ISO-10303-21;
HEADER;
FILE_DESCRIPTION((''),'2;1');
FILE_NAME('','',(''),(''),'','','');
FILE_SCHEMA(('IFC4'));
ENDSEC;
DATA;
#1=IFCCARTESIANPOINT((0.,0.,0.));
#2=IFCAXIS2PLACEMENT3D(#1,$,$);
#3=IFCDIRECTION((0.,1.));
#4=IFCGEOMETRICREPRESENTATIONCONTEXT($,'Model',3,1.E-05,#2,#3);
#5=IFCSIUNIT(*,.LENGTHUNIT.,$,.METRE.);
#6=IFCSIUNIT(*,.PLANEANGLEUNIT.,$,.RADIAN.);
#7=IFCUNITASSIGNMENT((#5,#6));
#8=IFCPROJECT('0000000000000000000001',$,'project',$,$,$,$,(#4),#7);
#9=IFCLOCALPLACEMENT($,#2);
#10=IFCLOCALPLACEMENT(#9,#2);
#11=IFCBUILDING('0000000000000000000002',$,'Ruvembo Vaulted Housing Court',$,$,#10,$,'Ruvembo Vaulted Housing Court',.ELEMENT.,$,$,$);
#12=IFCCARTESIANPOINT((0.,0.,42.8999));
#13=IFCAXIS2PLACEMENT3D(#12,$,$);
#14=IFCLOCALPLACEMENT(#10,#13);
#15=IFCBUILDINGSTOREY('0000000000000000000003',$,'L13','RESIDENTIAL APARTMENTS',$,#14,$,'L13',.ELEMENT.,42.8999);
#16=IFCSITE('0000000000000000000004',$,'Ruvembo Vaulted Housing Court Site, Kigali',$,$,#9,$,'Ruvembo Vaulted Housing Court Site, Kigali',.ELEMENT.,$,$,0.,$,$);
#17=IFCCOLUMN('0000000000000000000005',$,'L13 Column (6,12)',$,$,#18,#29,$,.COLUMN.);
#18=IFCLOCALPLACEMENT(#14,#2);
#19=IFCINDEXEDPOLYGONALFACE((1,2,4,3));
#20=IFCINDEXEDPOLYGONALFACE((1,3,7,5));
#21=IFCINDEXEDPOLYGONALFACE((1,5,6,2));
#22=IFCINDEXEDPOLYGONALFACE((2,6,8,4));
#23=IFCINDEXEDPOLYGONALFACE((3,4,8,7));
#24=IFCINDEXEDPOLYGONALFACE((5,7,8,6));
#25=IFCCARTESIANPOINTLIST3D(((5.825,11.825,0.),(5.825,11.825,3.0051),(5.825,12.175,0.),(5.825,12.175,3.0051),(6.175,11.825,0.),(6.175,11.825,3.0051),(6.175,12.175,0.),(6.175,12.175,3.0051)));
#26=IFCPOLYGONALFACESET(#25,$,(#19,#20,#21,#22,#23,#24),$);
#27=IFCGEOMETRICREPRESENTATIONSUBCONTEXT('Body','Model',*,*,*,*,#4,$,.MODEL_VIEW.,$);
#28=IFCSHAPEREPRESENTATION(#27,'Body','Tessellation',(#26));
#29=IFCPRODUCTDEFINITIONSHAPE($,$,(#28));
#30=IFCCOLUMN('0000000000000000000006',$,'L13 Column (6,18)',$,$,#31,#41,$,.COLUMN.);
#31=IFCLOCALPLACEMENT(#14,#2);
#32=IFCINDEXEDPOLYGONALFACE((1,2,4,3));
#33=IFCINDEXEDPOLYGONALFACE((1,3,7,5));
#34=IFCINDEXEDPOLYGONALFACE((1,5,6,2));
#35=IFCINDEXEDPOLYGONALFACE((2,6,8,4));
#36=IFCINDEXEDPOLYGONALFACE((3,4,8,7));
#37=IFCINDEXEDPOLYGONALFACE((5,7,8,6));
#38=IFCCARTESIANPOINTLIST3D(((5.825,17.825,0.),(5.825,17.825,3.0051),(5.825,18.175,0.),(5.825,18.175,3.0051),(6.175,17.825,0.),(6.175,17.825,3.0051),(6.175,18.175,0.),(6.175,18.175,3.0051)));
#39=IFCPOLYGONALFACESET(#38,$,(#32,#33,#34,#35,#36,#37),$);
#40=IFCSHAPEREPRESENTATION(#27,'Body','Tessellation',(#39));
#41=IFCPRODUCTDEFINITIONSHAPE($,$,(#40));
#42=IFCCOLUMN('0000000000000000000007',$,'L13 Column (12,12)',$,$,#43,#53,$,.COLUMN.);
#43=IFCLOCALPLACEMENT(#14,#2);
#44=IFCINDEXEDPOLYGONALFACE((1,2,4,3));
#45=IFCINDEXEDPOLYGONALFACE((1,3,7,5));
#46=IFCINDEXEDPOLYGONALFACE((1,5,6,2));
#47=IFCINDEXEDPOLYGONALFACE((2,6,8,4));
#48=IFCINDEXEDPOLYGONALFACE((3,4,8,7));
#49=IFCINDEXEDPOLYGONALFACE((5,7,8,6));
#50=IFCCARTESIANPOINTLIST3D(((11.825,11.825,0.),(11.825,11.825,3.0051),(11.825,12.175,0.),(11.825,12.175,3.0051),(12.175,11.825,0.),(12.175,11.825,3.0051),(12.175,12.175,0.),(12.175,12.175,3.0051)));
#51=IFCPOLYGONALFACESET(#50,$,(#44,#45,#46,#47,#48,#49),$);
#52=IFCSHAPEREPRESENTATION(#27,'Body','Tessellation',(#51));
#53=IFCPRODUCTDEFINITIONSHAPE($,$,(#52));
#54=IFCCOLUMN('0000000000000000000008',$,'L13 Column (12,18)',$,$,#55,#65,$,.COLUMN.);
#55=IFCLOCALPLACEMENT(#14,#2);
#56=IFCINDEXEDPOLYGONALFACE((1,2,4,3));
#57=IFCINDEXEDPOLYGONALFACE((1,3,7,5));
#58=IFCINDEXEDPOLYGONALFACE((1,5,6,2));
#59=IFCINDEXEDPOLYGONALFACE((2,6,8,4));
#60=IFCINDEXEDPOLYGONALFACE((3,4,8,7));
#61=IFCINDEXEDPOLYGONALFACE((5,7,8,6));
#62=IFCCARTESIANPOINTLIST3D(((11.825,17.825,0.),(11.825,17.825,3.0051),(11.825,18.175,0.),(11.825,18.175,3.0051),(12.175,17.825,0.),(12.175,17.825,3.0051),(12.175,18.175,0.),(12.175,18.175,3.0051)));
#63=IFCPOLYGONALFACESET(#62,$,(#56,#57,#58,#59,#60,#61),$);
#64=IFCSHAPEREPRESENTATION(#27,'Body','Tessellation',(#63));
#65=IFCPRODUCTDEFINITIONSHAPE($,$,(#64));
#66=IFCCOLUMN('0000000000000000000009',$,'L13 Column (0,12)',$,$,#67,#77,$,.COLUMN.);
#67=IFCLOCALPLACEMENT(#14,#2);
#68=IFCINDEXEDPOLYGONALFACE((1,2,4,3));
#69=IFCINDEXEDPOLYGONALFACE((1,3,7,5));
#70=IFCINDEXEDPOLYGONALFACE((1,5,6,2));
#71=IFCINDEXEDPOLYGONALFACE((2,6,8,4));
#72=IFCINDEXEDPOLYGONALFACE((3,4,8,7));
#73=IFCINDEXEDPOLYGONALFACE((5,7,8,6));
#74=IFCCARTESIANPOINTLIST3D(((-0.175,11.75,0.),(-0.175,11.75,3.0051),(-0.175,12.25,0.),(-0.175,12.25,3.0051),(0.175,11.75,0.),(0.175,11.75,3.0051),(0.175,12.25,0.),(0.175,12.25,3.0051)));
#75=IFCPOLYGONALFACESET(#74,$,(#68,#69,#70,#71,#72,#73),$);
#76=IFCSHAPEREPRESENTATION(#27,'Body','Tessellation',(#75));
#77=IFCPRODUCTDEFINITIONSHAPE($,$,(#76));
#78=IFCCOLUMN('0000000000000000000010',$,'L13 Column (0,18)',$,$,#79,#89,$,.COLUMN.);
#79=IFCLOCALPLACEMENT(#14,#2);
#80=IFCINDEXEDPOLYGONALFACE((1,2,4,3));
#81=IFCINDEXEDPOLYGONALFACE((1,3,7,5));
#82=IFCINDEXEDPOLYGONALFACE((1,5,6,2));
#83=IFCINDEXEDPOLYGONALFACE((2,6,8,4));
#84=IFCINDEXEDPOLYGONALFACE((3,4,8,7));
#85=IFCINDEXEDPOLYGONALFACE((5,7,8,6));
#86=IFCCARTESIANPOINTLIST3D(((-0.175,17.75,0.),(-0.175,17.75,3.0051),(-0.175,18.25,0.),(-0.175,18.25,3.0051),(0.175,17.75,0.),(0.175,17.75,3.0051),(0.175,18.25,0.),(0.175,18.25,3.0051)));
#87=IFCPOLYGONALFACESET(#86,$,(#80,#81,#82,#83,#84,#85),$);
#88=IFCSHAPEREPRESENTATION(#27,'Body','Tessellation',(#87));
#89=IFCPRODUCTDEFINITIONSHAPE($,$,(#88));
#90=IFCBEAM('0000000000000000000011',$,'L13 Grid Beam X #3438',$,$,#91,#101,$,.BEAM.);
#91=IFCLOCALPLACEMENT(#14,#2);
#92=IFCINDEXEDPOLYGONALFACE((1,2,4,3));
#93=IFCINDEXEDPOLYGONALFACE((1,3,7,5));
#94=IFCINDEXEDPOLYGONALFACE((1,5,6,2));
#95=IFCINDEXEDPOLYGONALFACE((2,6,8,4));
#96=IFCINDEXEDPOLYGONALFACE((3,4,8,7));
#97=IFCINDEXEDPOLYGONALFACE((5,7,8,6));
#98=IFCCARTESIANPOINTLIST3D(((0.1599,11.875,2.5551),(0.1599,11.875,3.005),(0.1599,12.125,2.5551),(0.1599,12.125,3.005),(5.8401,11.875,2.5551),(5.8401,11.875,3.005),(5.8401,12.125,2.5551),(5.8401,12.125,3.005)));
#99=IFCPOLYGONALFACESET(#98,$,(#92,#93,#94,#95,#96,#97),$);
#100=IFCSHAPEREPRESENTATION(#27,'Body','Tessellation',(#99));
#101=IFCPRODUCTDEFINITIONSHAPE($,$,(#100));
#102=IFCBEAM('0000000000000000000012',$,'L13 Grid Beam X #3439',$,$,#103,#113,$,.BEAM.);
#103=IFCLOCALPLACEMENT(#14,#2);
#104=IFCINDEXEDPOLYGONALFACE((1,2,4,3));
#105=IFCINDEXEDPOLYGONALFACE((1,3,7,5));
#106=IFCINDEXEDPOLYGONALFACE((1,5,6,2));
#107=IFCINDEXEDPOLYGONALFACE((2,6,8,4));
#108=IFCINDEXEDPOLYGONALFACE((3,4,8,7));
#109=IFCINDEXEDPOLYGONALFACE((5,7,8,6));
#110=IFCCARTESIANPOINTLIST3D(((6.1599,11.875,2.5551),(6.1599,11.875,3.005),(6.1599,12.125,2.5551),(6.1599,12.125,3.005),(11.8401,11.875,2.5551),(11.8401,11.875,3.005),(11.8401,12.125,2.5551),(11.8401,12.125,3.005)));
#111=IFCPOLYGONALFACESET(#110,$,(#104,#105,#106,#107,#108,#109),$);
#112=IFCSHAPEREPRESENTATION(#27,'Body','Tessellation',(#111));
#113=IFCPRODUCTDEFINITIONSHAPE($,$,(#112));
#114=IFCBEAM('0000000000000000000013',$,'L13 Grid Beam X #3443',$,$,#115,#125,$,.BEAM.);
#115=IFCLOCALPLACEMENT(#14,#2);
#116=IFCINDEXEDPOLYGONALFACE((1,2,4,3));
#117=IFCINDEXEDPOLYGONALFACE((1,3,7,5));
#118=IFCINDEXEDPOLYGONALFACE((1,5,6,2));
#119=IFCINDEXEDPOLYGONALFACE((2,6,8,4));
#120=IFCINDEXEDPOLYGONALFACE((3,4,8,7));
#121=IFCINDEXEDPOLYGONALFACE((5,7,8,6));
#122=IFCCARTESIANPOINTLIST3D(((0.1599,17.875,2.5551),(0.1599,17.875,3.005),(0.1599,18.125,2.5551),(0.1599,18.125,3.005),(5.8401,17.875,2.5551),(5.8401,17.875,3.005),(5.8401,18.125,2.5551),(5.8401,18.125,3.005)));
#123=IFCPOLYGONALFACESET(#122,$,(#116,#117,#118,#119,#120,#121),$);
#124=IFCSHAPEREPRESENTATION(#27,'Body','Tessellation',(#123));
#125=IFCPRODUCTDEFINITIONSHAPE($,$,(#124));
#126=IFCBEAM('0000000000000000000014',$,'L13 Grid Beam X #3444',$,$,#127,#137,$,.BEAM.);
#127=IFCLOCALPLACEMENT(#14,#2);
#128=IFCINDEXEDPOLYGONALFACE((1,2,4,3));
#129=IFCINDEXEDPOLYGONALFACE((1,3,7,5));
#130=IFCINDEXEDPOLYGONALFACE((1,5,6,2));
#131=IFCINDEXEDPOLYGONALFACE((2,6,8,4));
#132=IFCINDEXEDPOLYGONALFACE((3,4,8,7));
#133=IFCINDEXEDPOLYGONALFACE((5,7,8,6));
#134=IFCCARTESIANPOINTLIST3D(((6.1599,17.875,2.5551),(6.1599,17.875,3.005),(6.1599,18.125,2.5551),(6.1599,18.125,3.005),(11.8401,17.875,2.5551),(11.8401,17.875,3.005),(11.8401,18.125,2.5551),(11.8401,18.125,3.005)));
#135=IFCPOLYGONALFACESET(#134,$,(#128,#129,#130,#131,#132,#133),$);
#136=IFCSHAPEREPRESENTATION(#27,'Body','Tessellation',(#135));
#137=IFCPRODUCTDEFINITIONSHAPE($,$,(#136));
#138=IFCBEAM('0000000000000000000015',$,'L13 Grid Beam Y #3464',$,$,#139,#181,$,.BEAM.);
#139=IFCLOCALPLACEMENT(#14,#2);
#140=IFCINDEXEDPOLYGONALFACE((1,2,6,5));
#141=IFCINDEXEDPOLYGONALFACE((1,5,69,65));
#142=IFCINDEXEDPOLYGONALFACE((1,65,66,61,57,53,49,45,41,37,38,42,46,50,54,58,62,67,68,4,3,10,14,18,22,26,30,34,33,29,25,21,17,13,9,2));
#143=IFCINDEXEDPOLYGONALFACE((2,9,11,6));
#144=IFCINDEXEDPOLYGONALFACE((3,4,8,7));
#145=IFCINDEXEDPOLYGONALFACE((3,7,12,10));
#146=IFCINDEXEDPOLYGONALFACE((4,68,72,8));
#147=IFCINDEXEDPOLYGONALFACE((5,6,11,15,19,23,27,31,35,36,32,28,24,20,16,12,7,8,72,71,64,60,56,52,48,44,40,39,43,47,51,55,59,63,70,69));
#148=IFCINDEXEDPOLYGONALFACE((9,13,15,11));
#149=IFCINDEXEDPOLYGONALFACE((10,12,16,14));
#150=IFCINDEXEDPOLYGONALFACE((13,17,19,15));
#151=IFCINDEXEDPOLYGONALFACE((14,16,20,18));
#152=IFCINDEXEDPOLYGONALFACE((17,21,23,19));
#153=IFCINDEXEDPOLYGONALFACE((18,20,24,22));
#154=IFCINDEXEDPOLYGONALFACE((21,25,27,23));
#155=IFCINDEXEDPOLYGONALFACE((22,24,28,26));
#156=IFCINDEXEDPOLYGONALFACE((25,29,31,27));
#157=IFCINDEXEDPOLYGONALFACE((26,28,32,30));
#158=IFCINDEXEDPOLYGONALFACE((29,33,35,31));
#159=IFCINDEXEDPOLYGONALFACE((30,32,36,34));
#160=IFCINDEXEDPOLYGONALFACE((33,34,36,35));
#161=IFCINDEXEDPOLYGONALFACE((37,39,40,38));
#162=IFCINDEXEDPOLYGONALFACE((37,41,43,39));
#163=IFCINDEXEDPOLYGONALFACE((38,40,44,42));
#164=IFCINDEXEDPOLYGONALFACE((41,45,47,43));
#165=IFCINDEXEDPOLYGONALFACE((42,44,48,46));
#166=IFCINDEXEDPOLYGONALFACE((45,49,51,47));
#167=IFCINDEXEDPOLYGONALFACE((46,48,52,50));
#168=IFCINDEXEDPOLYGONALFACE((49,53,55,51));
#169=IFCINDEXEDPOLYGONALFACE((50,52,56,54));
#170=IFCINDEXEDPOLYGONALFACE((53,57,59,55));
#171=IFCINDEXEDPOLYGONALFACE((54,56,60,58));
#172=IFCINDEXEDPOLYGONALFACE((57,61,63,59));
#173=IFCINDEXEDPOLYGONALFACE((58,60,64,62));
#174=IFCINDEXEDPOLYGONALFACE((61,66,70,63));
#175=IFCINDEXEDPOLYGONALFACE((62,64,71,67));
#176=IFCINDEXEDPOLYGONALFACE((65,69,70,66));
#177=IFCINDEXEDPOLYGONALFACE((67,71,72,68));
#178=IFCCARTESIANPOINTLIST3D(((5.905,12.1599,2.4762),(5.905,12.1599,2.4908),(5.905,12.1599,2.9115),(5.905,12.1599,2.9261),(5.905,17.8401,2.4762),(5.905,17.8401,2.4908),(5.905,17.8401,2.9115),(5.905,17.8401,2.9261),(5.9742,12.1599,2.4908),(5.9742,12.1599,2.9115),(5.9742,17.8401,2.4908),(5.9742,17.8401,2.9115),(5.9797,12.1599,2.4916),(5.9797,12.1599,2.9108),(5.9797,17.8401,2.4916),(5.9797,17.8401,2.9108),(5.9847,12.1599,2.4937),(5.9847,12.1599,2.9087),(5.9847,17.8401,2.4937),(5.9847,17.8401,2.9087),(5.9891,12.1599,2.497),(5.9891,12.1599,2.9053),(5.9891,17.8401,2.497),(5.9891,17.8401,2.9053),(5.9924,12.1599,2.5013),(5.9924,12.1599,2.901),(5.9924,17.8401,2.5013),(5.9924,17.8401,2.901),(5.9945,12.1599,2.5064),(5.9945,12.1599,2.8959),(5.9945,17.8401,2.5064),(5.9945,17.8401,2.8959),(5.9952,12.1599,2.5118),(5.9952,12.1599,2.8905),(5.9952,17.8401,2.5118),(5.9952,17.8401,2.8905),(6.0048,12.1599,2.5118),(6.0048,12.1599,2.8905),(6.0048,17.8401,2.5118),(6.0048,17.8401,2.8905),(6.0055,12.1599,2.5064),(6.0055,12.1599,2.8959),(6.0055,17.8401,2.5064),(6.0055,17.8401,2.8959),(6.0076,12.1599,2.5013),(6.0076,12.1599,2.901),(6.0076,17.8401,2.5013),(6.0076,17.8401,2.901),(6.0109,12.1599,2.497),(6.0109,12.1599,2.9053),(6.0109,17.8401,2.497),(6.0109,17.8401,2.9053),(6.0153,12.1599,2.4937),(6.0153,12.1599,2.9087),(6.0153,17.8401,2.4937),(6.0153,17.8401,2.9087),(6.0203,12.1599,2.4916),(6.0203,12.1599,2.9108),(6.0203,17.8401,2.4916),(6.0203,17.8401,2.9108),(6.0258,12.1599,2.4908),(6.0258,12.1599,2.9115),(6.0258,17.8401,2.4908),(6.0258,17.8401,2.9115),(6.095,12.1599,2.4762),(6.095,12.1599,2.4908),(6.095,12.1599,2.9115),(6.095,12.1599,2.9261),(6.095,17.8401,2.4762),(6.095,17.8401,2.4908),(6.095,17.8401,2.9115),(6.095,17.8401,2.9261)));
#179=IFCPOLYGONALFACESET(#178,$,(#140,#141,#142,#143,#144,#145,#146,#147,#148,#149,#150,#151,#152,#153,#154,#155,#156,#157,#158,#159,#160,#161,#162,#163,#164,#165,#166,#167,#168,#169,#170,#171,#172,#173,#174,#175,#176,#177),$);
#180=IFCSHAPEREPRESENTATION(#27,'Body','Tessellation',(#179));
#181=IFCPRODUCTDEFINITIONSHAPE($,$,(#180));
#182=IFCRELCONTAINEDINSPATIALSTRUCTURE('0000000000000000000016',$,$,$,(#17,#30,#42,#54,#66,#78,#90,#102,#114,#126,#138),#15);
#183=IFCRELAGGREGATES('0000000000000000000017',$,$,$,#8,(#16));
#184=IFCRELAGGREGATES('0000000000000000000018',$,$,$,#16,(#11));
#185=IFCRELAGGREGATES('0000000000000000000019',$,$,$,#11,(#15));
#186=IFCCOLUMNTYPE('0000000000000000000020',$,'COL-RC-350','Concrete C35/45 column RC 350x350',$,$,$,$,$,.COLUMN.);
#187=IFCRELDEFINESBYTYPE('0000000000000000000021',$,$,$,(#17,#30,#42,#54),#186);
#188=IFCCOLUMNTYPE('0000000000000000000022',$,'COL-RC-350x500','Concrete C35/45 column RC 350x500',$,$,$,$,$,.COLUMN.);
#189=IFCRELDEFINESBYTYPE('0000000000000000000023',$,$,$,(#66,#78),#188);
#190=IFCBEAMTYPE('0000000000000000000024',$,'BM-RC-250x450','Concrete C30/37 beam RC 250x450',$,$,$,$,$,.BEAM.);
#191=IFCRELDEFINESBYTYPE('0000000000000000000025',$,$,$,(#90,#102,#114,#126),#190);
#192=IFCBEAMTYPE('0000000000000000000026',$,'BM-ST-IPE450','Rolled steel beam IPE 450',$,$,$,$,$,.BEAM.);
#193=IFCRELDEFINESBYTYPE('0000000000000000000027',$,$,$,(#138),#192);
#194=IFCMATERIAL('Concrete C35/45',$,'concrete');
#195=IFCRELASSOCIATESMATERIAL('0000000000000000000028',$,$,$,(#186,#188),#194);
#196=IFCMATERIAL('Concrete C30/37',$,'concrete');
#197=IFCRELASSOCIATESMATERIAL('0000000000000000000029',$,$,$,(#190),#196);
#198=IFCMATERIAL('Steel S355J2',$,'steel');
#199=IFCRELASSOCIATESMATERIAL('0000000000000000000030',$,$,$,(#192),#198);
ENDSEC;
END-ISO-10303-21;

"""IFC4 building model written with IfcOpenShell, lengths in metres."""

from ifc_helpers import new_model, si_unit, direction, frame, origin, origin_2d, place, context, subcontext, project, spatial, rectangle, i_section, extrude, material, material_profile, profile_set, type_object, element, save


model = new_model("IFC4")

# Units and contexts
model_context = context("Model", 3, precision=1e-05, world=origin(), true_north=direction((0.0, 1.0)))
body_context = subcontext(model_context, "Body", "Model", "MODEL_VIEW")
ifc_project = project(units=[si_unit("LENGTHUNIT", "METRE"), si_unit("PLANEANGLEUNIT", "RADIAN")], contexts=[model_context])

# Site, building, storey
site_placement = place(None, origin())
site = spatial("IfcSite", under=ifc_project, at=site_placement, Name="Ruvembo Vaulted Housing Court Site, Kigali", LongName="Ruvembo Vaulted Housing Court Site, Kigali", CompositionType="ELEMENT", RefElevation=0.0)
building_placement = place(site_placement, origin())
building = spatial("IfcBuilding", under=site, at=building_placement, Name="Ruvembo Vaulted Housing Court", LongName="Ruvembo Vaulted Housing Court", CompositionType="ELEMENT")
storey_placement = place(building_placement, frame((0.0, 0.0, 42.8999)))
storey = spatial("IfcBuildingStorey", under=building, at=storey_placement, Name="L13", Description="RESIDENTIAL APARTMENTS", LongName="L13", CompositionType="ELEMENT", Elevation=42.8999)

# Columns
ifc_material_1 = material(Name="Concrete C35/45", Category="concrete")
ifc_material_profile_1 = material_profile(ifc_material_1, rectangle(XDim=0.3501, YDim=0.3501, at=origin_2d()), Name="RC 350x350")
ifc_profile_set_1 = profile_set([ifc_material_profile_1], Name="Concrete C35/45")
column_type_1 = type_object("IfcColumnType", Name="COL-RC-350", Description="Concrete C35/45 column RC 350x350", PredefinedType="COLUMN", material=ifc_profile_set_1)
for number, where, z_axis, x_axis, name in (
    (1, (6.0, 12.0, 0.0), (0.0, 0.0, 1.0), (1.0, 0.0, 0.0), "L13 Column (6,12)"),
    (2, (6.0, 18.0, 0.0), (0.0, 0.0, 1.0), (1.0, 0.0, 0.0), "L13 Column (6,18)"),
    (3, (12.0, 12.0, 0.0), (0.0, 0.0, 1.0), (1.0, 0.0, 0.0), "L13 Column (12,12)"),
    (4, (12.0, 18.0, 0.0), (0.0, 0.0, 1.0), (1.0, 0.0, 0.0), "L13 Column (12,18)"),
):
    element("IfcColumn", number, at=place(storey_placement, frame(where, z_axis=z_axis, x_axis=x_axis)), inside=storey, type_object=column_type_1, Name=name, PredefinedType="COLUMN", context=body_context, shape_type="SweptSolid", body=[
        extrude(rectangle(XDim=0.3501, YDim=0.3501, at=origin_2d()), origin(), (0.0, 0.0, 1.0), 3.0051),
    ])
ifc_material_profile_2 = material_profile(ifc_material_1, rectangle(XDim=0.3501, YDim=0.5, at=origin_2d()), Name="RC 350x500")
ifc_profile_set_2 = profile_set([ifc_material_profile_2], Name="Concrete C35/45")
column_type_2 = type_object("IfcColumnType", Name="COL-RC-350x500", Description="Concrete C35/45 column RC 350x500", PredefinedType="COLUMN", material=ifc_profile_set_2)
for number, where, z_axis, x_axis, name in (
    (5, (0.0, 12.0, 0.0), (0.0, 0.0, 1.0), (1.0, 0.0, 0.0), "L13 Column (0,12)"),
    (6, (0.0, 18.0, 0.0), (0.0, 0.0, 1.0), (1.0, 0.0, 0.0), "L13 Column (0,18)"),
):
    element("IfcColumn", number, at=place(storey_placement, frame(where, z_axis=z_axis, x_axis=x_axis)), inside=storey, type_object=column_type_2, Name=name, PredefinedType="COLUMN", context=body_context, shape_type="SweptSolid", body=[
        extrude(rectangle(XDim=0.3501, YDim=0.5, at=origin_2d()), origin(), (0.0, 0.0, 1.0), 3.0051),
    ])

# Beams
ifc_material_2 = material(Name="Concrete C30/37", Category="concrete")
ifc_material_profile_3 = material_profile(ifc_material_2, rectangle(XDim=0.25, YDim=0.45, at=origin_2d()), Name="RC 250x450")
ifc_profile_set_3 = profile_set([ifc_material_profile_3], Name="Concrete C30/37")
beam_type_1 = type_object("IfcBeamType", Name="BM-RC-250x450", Description="Concrete C30/37 beam RC 250x450", PredefinedType="BEAM", material=ifc_profile_set_3)
for number, where, z_axis, x_axis, name in (
    (7, (0.1599, 12.0, 2.78), (1.0, 0.0, 0.0), (0.0, 1.0, 0.0), "L13 Grid Beam X #3438"),
    (8, (6.1599, 12.0, 2.78), (1.0, 0.0, 0.0), (0.0, 1.0, 0.0), "L13 Grid Beam X #3439"),
    (9, (0.1599, 18.0, 2.78), (1.0, 0.0, 0.0), (0.0, 1.0, 0.0), "L13 Grid Beam X #3443"),
    (10, (6.1599, 18.0, 2.78), (1.0, 0.0, 0.0), (0.0, 1.0, 0.0), "L13 Grid Beam X #3444"),
):
    element("IfcBeam", number, at=place(storey_placement, frame(where, z_axis=z_axis, x_axis=x_axis)), inside=storey, type_object=beam_type_1, Name=name, PredefinedType="BEAM", context=body_context, shape_type="SweptSolid", body=[
        extrude(rectangle(XDim=0.25, YDim=0.45, at=origin_2d()), origin(), (0.0, 0.0, 1.0), 5.6802),
    ])
ifc_material_3 = material(Name="Steel S355J2", Category="steel")
ifc_material_profile_4 = material_profile(ifc_material_3, i_section(OverallWidth=0.1899, OverallDepth=0.45, WebThickness=0.0095, FlangeThickness=0.0146, FilletRadius=0.021, at=origin_2d()), Name="IPE 450")
ifc_profile_set_4 = profile_set([ifc_material_profile_4], Name="Steel S355J2")
beam_type_2 = type_object("IfcBeamType", Name="BM-ST-IPE450", Description="Rolled steel beam IPE 450", PredefinedType="BEAM", material=ifc_profile_set_4)
for number, where, z_axis, x_axis, name in (
    (11, (6.0, 12.1599, 2.7012), (0.0, 1.0, 0.0), (-1.0, 0.0, 0.0), "L13 Grid Beam Y #3464"),
):
    element("IfcBeam", number, at=place(storey_placement, frame(where, z_axis=z_axis, x_axis=x_axis)), inside=storey, type_object=beam_type_2, Name=name, PredefinedType="BEAM", context=body_context, shape_type="SweptSolid", body=[
        extrude(i_section(OverallWidth=0.1899, OverallDepth=0.45, WebThickness=0.0095, FlangeThickness=0.0146, FilletRadius=0.021, at=origin_2d()), origin(), (0.0, 0.0, 1.0), 5.6802),
    ])

save(model, "model.ifc")
